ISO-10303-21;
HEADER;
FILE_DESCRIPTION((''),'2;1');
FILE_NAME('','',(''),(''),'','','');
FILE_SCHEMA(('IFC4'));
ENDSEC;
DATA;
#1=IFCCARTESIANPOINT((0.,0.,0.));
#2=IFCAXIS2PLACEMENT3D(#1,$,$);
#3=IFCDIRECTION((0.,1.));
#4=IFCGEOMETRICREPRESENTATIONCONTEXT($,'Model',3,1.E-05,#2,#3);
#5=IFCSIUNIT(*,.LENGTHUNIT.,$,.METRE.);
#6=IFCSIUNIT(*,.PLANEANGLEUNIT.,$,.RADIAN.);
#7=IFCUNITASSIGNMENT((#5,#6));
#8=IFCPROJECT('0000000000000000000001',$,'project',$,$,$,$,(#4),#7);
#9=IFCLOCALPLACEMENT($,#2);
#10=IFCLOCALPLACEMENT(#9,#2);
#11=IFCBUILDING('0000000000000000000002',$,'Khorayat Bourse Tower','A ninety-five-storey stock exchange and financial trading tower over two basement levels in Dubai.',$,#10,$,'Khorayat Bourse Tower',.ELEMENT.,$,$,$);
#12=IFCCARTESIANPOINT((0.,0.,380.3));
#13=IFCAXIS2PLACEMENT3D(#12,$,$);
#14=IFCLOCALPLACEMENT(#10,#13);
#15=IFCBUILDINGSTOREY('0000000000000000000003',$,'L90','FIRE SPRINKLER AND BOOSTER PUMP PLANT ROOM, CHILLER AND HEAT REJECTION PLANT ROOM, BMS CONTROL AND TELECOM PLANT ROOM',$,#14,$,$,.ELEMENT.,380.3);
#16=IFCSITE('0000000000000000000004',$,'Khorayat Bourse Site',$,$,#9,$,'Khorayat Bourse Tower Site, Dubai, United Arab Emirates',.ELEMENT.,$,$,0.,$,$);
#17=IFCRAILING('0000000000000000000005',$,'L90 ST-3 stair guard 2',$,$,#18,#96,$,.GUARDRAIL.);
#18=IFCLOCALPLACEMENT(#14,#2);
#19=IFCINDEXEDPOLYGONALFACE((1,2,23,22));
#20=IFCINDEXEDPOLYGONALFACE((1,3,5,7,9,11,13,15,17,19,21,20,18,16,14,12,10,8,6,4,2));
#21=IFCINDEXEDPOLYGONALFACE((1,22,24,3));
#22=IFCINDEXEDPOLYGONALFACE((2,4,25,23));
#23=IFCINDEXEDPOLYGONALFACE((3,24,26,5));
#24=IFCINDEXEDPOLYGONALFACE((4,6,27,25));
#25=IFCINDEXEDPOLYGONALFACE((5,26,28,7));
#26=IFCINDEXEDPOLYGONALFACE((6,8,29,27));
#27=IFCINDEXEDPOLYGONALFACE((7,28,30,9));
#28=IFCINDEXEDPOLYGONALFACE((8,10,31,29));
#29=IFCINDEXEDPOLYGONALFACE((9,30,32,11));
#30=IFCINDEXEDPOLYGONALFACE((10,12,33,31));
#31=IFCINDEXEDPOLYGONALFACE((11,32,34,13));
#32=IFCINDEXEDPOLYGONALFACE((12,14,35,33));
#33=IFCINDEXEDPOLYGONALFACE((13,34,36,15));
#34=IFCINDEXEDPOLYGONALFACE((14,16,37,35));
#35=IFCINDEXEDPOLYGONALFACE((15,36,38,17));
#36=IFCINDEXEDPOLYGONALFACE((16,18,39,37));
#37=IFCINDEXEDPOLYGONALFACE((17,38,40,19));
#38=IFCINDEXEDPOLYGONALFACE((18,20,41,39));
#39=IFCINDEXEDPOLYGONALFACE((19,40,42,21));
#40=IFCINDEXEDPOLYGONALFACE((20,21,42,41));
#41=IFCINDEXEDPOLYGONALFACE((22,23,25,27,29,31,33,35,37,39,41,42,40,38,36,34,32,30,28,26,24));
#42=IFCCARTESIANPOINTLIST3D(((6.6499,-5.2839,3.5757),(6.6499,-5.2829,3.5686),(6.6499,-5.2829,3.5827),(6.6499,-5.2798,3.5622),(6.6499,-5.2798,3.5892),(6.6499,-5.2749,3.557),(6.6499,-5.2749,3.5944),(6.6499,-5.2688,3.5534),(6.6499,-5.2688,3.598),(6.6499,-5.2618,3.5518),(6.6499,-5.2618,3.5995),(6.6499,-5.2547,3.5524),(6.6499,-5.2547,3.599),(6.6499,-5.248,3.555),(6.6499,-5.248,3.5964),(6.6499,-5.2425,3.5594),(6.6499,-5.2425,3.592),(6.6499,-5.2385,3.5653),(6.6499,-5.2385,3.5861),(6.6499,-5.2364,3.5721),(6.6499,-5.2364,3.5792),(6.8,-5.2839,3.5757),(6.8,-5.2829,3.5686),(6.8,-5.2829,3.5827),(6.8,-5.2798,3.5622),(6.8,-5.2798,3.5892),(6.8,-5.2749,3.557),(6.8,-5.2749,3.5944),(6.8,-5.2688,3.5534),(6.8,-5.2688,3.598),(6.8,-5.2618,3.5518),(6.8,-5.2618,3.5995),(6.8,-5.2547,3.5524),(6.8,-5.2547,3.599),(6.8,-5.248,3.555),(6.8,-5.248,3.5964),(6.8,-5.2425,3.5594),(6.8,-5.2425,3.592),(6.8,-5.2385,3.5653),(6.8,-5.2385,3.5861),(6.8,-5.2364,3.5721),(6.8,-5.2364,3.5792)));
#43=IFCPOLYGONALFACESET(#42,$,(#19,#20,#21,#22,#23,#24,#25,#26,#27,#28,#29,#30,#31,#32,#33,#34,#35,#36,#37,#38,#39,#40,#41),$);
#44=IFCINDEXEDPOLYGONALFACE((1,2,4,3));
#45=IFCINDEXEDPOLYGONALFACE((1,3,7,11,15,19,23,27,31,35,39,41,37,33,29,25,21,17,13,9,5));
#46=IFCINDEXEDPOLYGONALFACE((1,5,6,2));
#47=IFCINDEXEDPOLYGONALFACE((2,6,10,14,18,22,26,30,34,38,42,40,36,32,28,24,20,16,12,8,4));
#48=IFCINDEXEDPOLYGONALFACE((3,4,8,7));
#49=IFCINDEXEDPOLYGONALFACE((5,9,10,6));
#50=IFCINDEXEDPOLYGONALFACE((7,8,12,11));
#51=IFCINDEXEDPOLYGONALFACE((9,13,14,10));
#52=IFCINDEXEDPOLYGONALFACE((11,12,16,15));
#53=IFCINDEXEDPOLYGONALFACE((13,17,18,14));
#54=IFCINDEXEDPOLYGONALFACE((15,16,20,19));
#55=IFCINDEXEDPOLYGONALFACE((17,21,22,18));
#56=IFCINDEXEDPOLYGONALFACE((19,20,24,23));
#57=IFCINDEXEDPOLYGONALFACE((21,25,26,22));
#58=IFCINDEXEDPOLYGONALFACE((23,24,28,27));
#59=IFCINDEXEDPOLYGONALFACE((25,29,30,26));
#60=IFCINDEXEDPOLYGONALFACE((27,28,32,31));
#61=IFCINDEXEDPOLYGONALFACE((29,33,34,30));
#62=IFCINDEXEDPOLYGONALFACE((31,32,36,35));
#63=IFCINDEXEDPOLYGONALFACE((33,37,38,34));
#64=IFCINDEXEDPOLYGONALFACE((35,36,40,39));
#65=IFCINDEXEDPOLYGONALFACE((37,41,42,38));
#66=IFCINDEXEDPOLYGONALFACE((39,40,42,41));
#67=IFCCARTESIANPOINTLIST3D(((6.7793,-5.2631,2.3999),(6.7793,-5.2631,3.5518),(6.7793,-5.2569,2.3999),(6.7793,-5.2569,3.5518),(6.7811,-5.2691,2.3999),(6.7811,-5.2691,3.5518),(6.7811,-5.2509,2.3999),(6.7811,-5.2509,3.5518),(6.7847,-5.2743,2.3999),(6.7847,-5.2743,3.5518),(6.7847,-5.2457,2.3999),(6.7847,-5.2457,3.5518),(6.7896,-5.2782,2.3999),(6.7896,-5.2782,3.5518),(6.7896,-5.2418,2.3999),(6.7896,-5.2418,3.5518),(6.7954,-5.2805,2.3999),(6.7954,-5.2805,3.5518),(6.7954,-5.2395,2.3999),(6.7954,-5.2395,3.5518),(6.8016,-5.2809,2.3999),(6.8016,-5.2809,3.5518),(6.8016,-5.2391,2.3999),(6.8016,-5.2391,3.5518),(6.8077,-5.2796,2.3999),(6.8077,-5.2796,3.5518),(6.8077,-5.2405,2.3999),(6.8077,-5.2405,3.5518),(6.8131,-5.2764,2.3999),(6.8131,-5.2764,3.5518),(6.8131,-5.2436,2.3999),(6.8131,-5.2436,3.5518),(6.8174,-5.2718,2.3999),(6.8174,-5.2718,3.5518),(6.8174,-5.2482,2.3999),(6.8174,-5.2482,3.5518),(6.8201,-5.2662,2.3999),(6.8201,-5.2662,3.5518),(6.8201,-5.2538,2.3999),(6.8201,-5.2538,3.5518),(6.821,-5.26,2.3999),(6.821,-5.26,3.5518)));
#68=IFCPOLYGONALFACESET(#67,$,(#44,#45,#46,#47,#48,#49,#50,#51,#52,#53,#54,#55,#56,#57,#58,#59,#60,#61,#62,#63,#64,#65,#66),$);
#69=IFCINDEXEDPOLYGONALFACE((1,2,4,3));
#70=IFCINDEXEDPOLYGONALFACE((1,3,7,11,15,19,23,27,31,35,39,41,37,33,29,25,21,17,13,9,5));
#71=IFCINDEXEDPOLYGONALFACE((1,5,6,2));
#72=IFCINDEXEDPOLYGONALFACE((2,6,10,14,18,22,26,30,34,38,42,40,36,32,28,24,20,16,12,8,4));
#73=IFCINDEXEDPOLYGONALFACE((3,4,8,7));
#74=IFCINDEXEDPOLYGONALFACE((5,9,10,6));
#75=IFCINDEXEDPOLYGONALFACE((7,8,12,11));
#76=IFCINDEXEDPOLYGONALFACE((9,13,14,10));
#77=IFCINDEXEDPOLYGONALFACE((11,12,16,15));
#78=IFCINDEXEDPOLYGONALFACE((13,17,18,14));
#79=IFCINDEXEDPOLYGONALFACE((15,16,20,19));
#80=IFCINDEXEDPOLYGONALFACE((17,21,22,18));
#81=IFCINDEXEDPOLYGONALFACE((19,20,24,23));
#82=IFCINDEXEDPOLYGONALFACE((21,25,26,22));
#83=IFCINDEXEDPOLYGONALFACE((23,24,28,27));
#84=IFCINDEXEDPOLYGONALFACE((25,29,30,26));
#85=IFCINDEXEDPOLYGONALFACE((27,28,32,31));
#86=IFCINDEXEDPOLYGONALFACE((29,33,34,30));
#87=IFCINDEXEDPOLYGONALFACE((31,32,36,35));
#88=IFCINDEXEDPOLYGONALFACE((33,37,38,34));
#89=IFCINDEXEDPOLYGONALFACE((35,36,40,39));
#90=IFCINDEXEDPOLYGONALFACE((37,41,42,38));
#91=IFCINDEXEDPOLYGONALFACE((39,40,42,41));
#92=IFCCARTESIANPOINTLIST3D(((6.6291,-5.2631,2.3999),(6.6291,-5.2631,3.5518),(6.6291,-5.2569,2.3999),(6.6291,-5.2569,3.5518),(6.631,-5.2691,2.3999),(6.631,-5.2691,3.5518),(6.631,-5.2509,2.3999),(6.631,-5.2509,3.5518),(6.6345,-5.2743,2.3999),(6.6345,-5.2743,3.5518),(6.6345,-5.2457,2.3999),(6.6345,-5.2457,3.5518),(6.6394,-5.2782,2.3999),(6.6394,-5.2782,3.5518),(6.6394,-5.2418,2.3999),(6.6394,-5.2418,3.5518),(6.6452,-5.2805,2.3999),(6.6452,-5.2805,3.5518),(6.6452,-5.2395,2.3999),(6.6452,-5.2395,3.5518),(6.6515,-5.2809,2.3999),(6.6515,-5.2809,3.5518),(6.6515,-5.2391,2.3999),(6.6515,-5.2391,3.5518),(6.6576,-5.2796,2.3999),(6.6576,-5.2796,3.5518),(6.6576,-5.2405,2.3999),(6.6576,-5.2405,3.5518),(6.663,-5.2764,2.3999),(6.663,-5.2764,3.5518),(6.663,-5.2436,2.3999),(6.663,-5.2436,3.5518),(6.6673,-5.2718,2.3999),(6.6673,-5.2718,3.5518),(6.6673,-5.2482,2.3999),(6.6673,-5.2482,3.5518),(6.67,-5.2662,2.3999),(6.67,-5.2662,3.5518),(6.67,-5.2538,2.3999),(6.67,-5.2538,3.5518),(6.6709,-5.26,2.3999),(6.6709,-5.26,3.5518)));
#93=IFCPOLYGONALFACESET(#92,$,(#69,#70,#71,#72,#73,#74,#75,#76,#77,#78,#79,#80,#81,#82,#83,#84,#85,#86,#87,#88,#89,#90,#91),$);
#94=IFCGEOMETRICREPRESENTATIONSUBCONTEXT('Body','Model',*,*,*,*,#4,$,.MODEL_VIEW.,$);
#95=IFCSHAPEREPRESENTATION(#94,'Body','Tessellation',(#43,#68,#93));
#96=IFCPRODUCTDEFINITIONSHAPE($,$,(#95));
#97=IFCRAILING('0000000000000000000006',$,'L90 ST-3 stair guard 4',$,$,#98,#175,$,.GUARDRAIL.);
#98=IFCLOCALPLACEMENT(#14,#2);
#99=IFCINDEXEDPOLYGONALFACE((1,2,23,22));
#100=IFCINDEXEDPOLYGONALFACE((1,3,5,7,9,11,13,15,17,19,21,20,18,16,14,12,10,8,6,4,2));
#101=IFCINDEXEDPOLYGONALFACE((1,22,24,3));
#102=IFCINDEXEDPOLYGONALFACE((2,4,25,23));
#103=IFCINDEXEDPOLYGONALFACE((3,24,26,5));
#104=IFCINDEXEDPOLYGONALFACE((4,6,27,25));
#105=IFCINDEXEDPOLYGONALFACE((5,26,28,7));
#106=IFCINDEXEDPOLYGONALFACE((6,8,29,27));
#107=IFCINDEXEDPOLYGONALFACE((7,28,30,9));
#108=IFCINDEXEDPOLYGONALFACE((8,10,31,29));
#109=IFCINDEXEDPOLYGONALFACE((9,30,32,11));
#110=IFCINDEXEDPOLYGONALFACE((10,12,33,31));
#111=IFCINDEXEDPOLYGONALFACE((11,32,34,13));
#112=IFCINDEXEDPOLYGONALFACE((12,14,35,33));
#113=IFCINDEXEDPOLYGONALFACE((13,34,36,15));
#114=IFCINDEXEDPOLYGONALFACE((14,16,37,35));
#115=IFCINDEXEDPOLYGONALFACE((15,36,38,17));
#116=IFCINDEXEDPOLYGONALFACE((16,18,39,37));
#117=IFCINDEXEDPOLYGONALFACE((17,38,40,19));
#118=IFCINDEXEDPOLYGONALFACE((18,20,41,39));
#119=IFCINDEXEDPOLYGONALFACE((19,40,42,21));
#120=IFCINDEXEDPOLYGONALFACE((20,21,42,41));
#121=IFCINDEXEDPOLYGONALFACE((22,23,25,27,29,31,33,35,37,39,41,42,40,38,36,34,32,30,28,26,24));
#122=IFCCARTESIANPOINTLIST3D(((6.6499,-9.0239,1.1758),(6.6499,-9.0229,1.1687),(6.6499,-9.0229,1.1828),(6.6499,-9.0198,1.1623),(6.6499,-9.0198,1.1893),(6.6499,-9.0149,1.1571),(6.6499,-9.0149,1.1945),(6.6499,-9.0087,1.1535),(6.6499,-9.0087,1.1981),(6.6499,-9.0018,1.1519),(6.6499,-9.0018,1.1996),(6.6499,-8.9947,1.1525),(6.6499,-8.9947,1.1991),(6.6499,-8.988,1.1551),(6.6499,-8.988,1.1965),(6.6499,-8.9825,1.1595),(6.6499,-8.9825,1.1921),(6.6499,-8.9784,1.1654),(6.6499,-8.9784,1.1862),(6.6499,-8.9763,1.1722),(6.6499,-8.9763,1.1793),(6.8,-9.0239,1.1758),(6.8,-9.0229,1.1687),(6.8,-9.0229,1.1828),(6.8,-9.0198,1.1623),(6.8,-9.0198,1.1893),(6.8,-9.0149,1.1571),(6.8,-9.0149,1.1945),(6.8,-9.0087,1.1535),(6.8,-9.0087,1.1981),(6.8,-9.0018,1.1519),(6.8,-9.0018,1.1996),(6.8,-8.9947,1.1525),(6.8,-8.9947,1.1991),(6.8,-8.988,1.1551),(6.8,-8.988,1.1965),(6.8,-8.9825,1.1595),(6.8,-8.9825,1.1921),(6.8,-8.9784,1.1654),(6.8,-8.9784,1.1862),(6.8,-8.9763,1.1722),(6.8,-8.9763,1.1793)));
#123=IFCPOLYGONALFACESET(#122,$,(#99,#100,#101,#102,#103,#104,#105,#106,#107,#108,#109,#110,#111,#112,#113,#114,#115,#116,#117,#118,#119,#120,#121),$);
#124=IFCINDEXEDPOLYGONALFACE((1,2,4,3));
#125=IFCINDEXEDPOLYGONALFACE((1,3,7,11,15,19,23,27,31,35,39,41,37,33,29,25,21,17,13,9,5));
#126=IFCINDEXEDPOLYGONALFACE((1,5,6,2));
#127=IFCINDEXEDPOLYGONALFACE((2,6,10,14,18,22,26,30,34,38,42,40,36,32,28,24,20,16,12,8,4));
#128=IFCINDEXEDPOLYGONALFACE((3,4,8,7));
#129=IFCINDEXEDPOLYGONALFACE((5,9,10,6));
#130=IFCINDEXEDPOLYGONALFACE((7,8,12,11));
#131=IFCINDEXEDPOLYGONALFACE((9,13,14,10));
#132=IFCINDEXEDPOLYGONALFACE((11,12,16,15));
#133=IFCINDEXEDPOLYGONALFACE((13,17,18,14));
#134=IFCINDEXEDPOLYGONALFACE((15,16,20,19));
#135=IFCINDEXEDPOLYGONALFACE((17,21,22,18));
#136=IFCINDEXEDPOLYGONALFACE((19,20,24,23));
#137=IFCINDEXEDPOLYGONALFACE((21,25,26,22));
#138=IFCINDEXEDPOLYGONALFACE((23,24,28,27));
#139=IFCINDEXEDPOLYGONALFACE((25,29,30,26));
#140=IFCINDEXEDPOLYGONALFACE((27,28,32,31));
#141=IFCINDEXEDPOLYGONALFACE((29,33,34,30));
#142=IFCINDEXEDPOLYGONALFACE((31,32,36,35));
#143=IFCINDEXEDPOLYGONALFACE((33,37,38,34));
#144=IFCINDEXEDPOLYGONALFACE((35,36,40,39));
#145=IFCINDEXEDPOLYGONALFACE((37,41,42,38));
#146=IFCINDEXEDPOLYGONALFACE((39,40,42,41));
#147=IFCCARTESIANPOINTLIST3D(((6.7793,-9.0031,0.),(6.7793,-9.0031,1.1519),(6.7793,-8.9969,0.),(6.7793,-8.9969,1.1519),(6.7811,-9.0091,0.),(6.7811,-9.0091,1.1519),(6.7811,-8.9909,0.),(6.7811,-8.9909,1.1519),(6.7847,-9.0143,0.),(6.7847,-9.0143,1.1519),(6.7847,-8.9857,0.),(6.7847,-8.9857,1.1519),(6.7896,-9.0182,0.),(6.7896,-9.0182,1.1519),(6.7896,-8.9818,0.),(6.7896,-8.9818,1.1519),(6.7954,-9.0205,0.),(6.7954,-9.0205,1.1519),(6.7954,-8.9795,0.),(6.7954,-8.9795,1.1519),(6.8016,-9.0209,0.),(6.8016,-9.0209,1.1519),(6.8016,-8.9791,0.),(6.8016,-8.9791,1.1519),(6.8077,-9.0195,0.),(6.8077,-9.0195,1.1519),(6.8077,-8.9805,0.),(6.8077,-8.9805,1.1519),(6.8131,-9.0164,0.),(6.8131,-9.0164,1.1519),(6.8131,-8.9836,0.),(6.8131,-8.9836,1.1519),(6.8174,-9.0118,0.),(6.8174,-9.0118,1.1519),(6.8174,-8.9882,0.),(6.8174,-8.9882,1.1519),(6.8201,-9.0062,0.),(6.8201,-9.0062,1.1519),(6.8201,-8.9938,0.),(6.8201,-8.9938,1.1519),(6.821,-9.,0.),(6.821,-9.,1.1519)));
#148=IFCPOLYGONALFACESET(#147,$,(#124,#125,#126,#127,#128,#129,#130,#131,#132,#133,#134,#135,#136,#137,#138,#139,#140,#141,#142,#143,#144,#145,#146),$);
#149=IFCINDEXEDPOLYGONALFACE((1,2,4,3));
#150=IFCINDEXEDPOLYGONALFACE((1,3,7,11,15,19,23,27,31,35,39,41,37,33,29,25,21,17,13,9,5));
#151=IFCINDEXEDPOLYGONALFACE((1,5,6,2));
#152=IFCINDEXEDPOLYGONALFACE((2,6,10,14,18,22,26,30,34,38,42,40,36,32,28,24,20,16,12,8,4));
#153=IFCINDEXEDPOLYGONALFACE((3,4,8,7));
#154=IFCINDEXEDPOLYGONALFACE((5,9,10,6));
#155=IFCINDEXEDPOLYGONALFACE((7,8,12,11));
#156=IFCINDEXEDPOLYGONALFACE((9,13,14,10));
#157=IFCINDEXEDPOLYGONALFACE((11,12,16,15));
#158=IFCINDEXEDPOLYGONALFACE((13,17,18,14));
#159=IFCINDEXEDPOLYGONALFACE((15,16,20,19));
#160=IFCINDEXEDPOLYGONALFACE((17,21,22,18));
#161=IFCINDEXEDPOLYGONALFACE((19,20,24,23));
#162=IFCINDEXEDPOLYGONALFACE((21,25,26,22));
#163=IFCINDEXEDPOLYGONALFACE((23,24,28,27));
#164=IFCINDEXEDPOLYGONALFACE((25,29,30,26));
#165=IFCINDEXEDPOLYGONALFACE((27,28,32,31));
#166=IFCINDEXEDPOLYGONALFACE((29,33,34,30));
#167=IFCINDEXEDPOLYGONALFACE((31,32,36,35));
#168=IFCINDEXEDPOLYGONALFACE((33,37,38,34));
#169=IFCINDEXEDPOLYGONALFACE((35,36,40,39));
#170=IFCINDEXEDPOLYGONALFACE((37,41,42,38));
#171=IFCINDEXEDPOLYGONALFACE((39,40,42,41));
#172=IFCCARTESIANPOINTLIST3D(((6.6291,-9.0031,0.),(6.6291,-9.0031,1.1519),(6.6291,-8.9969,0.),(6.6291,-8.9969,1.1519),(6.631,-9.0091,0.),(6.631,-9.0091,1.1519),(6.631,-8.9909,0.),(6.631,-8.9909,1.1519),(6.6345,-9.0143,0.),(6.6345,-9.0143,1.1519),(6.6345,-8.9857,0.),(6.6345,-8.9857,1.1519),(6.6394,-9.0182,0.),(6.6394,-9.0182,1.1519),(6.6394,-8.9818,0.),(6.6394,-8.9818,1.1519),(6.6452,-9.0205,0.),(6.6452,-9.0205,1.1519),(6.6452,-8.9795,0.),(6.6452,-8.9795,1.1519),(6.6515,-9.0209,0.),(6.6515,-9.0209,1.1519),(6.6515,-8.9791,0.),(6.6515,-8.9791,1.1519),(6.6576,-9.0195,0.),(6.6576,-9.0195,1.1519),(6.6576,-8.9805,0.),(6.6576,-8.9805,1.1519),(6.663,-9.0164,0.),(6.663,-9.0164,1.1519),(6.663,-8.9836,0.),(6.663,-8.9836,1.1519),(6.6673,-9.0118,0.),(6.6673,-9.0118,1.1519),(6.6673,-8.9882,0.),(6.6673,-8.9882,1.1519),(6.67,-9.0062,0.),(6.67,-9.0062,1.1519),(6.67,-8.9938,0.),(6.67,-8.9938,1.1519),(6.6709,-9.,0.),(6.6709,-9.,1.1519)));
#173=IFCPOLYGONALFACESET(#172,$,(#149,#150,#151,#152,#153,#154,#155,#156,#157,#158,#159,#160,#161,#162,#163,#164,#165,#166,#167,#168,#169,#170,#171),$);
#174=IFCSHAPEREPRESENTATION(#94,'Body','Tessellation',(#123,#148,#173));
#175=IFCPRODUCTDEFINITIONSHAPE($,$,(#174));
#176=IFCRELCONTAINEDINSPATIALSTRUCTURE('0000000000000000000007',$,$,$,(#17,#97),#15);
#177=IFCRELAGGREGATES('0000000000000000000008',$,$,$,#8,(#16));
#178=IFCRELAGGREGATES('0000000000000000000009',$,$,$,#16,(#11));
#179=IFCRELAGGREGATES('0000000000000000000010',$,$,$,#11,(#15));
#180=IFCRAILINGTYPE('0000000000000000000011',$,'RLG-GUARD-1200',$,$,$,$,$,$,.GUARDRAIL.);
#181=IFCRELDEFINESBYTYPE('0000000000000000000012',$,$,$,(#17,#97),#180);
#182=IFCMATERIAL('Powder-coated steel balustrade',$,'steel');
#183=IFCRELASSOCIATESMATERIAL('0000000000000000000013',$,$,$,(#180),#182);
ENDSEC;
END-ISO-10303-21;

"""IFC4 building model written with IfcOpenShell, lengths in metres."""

from ifc_helpers import new_model, si_unit, direction, frame, origin, origin_2d, place, context, subcontext, project, spatial, circle, extrude, source, transform, mapped, material, type_object, element, save


model = new_model("IFC4")

# Units and contexts
model_context = context("Model", 3, precision=1e-05, world=origin(), true_north=direction((0.0, 1.0)))
body_context = subcontext(model_context, "Body", "Model", "MODEL_VIEW")
ifc_project = project(units=[si_unit("LENGTHUNIT", "METRE"), si_unit("PLANEANGLEUNIT", "RADIAN")], contexts=[model_context])

# Site, building, storey
site_placement = place(None, origin())
site = spatial("IfcSite", under=ifc_project, at=site_placement, Name="Khorayat Bourse Site", LongName="Khorayat Bourse Tower Site, Dubai, United Arab Emirates", CompositionType="ELEMENT", RefElevation=0.0)
building_placement = place(site_placement, origin())
building = spatial("IfcBuilding", under=site, at=building_placement, Name="Khorayat Bourse Tower", Description="A ninety-five-storey stock exchange and financial trading tower over two basement levels in Dubai.", LongName="Khorayat Bourse Tower", CompositionType="ELEMENT")
storey_placement = place(building_placement, frame((0.0, 0.0, 380.3)))
storey = spatial("IfcBuildingStorey", under=building, at=storey_placement, Name="L90", Description="FIRE SPRINKLER AND BOOSTER PUMP PLANT ROOM, CHILLER AND HEAT REJECTION PLANT ROOM, BMS CONTROL AND TELECOM PLANT ROOM", CompositionType="ELEMENT", Elevation=380.3)

# Railings
ifc_material_1 = material(Name="Powder-coated steel balustrade", Category="steel")
railing_type_1 = type_object("IfcRailingType", Name="RLG-GUARD-1200", PredefinedType="GUARDRAIL", material=ifc_material_1)
shared_shape_1 = source(origin(), body_context, "Body", "SweptSolid", [
    extrude(circle(Radius=0.0239, at=origin_2d()), frame((0.0, 0.0, 1.1758), z_axis=(-1.0, 0.0, 0.0), x_axis=(0.0, -1.0, 0.0)), (0.0, 0.0, 1.0), 0.1501),
    extrude(circle(Radius=0.021, at=origin_2d()), origin(), (0.0, 0.0, 1.0), 1.1519),
    extrude(circle(Radius=0.021, at=origin_2d()), frame((-0.1501, 0.0, 0.0)), (0.0, 0.0, 1.0), 1.1519),
])
for number, where, name in (
    (1, (6.8, -5.26, 2.3999), "L90 ST-3 stair guard 2"),
    (2, (6.8, -9.0, 0.0), "L90 ST-3 stair guard 4"),
):
    element("IfcRailing", number, at=place(storey_placement, frame(where)), inside=storey, type_object=railing_type_1, Name=name, PredefinedType="GUARDRAIL", context=body_context, shape_type="MappedRepresentation", body=[
        mapped(shared_shape_1, transform((0.0, 0.0, 0.0), scale=1.0)),
    ])

save(model, "model.ifc")
